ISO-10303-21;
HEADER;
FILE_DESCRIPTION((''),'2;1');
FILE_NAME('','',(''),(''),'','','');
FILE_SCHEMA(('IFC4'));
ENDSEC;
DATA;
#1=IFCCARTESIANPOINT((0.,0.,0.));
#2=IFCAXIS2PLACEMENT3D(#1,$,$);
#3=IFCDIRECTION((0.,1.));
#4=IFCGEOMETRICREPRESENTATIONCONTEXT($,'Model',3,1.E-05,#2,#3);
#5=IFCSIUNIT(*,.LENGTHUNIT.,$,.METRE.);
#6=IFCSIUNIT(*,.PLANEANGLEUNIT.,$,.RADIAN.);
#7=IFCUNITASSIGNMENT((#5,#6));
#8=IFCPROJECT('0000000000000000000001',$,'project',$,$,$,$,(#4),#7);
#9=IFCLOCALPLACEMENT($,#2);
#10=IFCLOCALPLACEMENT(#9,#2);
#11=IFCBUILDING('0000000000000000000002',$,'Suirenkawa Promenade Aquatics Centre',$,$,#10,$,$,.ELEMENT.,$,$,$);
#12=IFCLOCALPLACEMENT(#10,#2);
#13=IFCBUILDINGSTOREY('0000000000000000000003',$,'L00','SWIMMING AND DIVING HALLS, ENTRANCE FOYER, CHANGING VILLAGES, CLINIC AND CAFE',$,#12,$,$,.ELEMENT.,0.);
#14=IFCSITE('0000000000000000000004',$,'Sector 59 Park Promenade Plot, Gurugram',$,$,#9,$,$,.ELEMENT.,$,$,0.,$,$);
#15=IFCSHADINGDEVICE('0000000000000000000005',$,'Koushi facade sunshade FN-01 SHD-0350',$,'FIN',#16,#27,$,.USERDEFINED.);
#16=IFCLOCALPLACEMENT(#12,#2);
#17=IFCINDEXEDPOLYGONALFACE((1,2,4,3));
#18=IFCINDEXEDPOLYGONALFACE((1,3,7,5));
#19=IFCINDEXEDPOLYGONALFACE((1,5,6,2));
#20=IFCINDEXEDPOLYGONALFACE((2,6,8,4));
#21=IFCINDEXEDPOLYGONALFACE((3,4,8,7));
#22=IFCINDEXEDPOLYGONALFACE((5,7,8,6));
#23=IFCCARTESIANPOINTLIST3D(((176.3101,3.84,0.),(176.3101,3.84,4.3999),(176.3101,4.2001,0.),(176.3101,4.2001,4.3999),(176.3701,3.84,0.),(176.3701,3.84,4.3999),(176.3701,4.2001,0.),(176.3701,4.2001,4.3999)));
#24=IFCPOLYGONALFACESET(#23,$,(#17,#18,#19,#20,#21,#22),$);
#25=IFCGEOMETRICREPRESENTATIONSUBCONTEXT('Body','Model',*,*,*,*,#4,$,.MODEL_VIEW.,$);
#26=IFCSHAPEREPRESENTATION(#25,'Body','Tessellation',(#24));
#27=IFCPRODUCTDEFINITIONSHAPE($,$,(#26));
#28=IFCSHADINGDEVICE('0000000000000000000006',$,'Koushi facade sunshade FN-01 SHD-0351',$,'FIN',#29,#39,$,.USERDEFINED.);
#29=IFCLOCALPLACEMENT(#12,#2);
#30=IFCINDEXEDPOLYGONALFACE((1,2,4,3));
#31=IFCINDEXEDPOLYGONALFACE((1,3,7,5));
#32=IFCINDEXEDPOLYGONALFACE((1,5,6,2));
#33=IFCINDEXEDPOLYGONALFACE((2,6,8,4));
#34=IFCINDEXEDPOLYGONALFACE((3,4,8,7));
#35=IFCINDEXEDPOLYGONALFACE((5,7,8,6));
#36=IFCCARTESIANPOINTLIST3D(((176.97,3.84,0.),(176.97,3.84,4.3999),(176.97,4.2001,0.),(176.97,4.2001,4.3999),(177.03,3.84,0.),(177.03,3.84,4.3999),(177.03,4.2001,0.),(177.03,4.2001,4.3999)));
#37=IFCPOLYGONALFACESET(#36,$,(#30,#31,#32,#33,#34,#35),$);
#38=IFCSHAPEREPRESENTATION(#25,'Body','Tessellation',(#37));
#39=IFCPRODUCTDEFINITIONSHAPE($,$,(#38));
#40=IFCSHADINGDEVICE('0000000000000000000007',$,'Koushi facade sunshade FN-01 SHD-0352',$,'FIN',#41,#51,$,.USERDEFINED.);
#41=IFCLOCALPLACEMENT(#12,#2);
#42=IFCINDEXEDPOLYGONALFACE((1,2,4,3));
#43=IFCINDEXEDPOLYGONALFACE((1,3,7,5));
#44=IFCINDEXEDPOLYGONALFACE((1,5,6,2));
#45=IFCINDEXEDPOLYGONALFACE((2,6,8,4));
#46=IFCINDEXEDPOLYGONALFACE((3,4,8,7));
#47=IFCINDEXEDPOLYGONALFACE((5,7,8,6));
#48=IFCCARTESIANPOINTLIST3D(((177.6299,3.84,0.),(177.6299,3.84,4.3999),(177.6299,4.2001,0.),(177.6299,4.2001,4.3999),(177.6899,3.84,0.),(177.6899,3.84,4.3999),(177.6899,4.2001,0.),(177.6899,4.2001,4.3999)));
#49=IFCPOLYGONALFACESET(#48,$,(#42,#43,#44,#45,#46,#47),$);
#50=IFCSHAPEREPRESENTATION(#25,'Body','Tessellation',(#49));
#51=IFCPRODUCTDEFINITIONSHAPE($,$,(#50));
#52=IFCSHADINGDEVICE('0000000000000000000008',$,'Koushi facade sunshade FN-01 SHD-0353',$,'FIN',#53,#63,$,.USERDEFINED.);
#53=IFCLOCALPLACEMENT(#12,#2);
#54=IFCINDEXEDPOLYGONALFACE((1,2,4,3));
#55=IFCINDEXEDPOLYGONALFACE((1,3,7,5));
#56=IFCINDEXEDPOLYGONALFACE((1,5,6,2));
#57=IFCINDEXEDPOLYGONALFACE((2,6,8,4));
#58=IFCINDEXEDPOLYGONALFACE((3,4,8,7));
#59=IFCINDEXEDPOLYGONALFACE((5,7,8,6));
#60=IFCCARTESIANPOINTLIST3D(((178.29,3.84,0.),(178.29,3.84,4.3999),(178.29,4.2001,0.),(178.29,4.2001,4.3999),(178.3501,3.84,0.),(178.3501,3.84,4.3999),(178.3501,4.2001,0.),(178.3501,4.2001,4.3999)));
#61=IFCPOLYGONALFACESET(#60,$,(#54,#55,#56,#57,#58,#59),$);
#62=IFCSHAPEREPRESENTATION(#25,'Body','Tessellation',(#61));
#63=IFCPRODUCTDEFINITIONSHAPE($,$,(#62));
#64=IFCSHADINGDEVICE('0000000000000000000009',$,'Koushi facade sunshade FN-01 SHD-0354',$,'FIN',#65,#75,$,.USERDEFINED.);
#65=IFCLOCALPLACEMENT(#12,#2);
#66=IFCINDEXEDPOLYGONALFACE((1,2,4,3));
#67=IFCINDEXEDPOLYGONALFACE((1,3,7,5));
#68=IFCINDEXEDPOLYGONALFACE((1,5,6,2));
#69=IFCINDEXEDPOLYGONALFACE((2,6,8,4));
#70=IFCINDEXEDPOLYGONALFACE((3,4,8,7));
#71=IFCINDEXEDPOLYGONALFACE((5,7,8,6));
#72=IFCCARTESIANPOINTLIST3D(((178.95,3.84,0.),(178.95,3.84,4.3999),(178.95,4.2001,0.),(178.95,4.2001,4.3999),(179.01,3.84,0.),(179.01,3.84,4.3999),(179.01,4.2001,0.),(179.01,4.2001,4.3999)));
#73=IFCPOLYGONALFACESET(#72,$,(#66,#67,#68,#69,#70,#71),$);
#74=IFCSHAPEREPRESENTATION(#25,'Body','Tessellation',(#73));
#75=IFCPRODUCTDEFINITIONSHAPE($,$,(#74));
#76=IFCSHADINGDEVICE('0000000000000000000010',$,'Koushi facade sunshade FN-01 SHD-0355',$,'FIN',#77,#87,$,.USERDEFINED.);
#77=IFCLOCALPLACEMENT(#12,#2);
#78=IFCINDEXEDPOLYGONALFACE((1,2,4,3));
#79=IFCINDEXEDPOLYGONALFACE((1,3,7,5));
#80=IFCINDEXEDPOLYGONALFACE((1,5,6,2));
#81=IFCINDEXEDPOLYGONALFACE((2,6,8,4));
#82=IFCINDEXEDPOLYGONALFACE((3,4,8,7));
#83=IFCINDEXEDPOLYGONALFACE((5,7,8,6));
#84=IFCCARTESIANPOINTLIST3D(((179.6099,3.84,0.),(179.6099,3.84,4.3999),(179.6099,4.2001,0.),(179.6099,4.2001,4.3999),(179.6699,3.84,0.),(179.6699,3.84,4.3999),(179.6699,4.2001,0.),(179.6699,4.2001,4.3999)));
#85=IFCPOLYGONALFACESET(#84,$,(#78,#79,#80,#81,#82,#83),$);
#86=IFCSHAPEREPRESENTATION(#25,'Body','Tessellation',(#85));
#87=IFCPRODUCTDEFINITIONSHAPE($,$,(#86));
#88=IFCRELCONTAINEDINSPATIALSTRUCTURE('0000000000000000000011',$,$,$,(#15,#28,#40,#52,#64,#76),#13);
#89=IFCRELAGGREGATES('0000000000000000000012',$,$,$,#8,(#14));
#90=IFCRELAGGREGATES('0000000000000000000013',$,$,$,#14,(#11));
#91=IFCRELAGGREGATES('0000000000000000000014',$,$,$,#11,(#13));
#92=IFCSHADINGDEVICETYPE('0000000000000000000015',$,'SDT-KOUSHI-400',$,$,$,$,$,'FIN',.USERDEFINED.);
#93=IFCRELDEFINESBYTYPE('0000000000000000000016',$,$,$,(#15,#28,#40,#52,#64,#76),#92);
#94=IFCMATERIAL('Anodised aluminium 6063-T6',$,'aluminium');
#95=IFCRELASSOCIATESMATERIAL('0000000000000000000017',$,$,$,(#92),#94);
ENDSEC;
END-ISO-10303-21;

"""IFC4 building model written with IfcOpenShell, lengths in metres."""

from ifc_helpers import new_model, si_unit, direction, frame, origin, origin_2d, place, context, subcontext, project, spatial, rectangle, extrude, material, type_object, element, save


model = new_model("IFC4")

# Units and contexts
model_context = context("Model", 3, precision=1e-05, world=origin(), true_north=direction((0.0, 1.0)))
body_context = subcontext(model_context, "Body", "Model", "MODEL_VIEW")
ifc_project = project(units=[si_unit("LENGTHUNIT", "METRE"), si_unit("PLANEANGLEUNIT", "RADIAN")], contexts=[model_context])

# Site, building, storey
site_placement = place(None, origin())
site = spatial("IfcSite", under=ifc_project, at=site_placement, Name="Sector 59 Park Promenade Plot, Gurugram", CompositionType="ELEMENT", RefElevation=0.0)
building_placement = place(site_placement, origin())
building = spatial("IfcBuilding", under=site, at=building_placement, Name="Suirenkawa Promenade Aquatics Centre", CompositionType="ELEMENT")
storey_placement = place(building_placement, origin())
storey = spatial("IfcBuildingStorey", under=building, at=storey_placement, Name="L00", Description="SWIMMING AND DIVING HALLS, ENTRANCE FOYER, CHANGING VILLAGES, CLINIC AND CAFE", CompositionType="ELEMENT", Elevation=0.0)

# Shared definitions
ifc_material_1 = material(Name="Anodised aluminium 6063-T6", Category="aluminium")

# Shading devices
shading_device_type = type_object("IfcShadingDeviceType", Name="SDT-KOUSHI-400", ElementType="FIN", PredefinedType="USERDEFINED", material=ifc_material_1)
for number, where, z_axis, x_axis, name in (
    (1, (176.3401, 4.02, 0.0), (0.0, 0.0, 1.0), (1.0, 0.0, 0.0), "Koushi facade sunshade FN-01 SHD-0350"),
    (2, (177.0, 4.02, 0.0), (0.0, 0.0, 1.0), (1.0, 0.0, 0.0), "Koushi facade sunshade FN-01 SHD-0351"),
    (3, (177.6599, 4.02, 0.0), (0.0, 0.0, 1.0), (1.0, 0.0, 0.0), "Koushi facade sunshade FN-01 SHD-0352"),
    (4, (178.3201, 4.02, 0.0), (0.0, 0.0, 1.0), (1.0, 0.0, 0.0), "Koushi facade sunshade FN-01 SHD-0353"),
    (5, (178.98, 4.02, 0.0), (0.0, 0.0, 1.0), (1.0, 0.0, 0.0), "Koushi facade sunshade FN-01 SHD-0354"),
    (6, (179.6399, 4.02, 0.0), (0.0, 0.0, 1.0), (1.0, 0.0, 0.0), "Koushi facade sunshade FN-01 SHD-0355"),
):
    element("IfcShadingDevice", number, at=place(storey_placement, frame(where, z_axis=z_axis, x_axis=x_axis)), inside=storey, type_object=shading_device_type, Name=name, ObjectType="FIN", PredefinedType="USERDEFINED", context=body_context, shape_type="SweptSolid", body=[
        extrude(rectangle(XDim=0.0601, YDim=0.3601, at=origin_2d()), origin(), (0.0, 0.0, 1.0), 4.3999),
    ])

save(model, "model.ifc")
